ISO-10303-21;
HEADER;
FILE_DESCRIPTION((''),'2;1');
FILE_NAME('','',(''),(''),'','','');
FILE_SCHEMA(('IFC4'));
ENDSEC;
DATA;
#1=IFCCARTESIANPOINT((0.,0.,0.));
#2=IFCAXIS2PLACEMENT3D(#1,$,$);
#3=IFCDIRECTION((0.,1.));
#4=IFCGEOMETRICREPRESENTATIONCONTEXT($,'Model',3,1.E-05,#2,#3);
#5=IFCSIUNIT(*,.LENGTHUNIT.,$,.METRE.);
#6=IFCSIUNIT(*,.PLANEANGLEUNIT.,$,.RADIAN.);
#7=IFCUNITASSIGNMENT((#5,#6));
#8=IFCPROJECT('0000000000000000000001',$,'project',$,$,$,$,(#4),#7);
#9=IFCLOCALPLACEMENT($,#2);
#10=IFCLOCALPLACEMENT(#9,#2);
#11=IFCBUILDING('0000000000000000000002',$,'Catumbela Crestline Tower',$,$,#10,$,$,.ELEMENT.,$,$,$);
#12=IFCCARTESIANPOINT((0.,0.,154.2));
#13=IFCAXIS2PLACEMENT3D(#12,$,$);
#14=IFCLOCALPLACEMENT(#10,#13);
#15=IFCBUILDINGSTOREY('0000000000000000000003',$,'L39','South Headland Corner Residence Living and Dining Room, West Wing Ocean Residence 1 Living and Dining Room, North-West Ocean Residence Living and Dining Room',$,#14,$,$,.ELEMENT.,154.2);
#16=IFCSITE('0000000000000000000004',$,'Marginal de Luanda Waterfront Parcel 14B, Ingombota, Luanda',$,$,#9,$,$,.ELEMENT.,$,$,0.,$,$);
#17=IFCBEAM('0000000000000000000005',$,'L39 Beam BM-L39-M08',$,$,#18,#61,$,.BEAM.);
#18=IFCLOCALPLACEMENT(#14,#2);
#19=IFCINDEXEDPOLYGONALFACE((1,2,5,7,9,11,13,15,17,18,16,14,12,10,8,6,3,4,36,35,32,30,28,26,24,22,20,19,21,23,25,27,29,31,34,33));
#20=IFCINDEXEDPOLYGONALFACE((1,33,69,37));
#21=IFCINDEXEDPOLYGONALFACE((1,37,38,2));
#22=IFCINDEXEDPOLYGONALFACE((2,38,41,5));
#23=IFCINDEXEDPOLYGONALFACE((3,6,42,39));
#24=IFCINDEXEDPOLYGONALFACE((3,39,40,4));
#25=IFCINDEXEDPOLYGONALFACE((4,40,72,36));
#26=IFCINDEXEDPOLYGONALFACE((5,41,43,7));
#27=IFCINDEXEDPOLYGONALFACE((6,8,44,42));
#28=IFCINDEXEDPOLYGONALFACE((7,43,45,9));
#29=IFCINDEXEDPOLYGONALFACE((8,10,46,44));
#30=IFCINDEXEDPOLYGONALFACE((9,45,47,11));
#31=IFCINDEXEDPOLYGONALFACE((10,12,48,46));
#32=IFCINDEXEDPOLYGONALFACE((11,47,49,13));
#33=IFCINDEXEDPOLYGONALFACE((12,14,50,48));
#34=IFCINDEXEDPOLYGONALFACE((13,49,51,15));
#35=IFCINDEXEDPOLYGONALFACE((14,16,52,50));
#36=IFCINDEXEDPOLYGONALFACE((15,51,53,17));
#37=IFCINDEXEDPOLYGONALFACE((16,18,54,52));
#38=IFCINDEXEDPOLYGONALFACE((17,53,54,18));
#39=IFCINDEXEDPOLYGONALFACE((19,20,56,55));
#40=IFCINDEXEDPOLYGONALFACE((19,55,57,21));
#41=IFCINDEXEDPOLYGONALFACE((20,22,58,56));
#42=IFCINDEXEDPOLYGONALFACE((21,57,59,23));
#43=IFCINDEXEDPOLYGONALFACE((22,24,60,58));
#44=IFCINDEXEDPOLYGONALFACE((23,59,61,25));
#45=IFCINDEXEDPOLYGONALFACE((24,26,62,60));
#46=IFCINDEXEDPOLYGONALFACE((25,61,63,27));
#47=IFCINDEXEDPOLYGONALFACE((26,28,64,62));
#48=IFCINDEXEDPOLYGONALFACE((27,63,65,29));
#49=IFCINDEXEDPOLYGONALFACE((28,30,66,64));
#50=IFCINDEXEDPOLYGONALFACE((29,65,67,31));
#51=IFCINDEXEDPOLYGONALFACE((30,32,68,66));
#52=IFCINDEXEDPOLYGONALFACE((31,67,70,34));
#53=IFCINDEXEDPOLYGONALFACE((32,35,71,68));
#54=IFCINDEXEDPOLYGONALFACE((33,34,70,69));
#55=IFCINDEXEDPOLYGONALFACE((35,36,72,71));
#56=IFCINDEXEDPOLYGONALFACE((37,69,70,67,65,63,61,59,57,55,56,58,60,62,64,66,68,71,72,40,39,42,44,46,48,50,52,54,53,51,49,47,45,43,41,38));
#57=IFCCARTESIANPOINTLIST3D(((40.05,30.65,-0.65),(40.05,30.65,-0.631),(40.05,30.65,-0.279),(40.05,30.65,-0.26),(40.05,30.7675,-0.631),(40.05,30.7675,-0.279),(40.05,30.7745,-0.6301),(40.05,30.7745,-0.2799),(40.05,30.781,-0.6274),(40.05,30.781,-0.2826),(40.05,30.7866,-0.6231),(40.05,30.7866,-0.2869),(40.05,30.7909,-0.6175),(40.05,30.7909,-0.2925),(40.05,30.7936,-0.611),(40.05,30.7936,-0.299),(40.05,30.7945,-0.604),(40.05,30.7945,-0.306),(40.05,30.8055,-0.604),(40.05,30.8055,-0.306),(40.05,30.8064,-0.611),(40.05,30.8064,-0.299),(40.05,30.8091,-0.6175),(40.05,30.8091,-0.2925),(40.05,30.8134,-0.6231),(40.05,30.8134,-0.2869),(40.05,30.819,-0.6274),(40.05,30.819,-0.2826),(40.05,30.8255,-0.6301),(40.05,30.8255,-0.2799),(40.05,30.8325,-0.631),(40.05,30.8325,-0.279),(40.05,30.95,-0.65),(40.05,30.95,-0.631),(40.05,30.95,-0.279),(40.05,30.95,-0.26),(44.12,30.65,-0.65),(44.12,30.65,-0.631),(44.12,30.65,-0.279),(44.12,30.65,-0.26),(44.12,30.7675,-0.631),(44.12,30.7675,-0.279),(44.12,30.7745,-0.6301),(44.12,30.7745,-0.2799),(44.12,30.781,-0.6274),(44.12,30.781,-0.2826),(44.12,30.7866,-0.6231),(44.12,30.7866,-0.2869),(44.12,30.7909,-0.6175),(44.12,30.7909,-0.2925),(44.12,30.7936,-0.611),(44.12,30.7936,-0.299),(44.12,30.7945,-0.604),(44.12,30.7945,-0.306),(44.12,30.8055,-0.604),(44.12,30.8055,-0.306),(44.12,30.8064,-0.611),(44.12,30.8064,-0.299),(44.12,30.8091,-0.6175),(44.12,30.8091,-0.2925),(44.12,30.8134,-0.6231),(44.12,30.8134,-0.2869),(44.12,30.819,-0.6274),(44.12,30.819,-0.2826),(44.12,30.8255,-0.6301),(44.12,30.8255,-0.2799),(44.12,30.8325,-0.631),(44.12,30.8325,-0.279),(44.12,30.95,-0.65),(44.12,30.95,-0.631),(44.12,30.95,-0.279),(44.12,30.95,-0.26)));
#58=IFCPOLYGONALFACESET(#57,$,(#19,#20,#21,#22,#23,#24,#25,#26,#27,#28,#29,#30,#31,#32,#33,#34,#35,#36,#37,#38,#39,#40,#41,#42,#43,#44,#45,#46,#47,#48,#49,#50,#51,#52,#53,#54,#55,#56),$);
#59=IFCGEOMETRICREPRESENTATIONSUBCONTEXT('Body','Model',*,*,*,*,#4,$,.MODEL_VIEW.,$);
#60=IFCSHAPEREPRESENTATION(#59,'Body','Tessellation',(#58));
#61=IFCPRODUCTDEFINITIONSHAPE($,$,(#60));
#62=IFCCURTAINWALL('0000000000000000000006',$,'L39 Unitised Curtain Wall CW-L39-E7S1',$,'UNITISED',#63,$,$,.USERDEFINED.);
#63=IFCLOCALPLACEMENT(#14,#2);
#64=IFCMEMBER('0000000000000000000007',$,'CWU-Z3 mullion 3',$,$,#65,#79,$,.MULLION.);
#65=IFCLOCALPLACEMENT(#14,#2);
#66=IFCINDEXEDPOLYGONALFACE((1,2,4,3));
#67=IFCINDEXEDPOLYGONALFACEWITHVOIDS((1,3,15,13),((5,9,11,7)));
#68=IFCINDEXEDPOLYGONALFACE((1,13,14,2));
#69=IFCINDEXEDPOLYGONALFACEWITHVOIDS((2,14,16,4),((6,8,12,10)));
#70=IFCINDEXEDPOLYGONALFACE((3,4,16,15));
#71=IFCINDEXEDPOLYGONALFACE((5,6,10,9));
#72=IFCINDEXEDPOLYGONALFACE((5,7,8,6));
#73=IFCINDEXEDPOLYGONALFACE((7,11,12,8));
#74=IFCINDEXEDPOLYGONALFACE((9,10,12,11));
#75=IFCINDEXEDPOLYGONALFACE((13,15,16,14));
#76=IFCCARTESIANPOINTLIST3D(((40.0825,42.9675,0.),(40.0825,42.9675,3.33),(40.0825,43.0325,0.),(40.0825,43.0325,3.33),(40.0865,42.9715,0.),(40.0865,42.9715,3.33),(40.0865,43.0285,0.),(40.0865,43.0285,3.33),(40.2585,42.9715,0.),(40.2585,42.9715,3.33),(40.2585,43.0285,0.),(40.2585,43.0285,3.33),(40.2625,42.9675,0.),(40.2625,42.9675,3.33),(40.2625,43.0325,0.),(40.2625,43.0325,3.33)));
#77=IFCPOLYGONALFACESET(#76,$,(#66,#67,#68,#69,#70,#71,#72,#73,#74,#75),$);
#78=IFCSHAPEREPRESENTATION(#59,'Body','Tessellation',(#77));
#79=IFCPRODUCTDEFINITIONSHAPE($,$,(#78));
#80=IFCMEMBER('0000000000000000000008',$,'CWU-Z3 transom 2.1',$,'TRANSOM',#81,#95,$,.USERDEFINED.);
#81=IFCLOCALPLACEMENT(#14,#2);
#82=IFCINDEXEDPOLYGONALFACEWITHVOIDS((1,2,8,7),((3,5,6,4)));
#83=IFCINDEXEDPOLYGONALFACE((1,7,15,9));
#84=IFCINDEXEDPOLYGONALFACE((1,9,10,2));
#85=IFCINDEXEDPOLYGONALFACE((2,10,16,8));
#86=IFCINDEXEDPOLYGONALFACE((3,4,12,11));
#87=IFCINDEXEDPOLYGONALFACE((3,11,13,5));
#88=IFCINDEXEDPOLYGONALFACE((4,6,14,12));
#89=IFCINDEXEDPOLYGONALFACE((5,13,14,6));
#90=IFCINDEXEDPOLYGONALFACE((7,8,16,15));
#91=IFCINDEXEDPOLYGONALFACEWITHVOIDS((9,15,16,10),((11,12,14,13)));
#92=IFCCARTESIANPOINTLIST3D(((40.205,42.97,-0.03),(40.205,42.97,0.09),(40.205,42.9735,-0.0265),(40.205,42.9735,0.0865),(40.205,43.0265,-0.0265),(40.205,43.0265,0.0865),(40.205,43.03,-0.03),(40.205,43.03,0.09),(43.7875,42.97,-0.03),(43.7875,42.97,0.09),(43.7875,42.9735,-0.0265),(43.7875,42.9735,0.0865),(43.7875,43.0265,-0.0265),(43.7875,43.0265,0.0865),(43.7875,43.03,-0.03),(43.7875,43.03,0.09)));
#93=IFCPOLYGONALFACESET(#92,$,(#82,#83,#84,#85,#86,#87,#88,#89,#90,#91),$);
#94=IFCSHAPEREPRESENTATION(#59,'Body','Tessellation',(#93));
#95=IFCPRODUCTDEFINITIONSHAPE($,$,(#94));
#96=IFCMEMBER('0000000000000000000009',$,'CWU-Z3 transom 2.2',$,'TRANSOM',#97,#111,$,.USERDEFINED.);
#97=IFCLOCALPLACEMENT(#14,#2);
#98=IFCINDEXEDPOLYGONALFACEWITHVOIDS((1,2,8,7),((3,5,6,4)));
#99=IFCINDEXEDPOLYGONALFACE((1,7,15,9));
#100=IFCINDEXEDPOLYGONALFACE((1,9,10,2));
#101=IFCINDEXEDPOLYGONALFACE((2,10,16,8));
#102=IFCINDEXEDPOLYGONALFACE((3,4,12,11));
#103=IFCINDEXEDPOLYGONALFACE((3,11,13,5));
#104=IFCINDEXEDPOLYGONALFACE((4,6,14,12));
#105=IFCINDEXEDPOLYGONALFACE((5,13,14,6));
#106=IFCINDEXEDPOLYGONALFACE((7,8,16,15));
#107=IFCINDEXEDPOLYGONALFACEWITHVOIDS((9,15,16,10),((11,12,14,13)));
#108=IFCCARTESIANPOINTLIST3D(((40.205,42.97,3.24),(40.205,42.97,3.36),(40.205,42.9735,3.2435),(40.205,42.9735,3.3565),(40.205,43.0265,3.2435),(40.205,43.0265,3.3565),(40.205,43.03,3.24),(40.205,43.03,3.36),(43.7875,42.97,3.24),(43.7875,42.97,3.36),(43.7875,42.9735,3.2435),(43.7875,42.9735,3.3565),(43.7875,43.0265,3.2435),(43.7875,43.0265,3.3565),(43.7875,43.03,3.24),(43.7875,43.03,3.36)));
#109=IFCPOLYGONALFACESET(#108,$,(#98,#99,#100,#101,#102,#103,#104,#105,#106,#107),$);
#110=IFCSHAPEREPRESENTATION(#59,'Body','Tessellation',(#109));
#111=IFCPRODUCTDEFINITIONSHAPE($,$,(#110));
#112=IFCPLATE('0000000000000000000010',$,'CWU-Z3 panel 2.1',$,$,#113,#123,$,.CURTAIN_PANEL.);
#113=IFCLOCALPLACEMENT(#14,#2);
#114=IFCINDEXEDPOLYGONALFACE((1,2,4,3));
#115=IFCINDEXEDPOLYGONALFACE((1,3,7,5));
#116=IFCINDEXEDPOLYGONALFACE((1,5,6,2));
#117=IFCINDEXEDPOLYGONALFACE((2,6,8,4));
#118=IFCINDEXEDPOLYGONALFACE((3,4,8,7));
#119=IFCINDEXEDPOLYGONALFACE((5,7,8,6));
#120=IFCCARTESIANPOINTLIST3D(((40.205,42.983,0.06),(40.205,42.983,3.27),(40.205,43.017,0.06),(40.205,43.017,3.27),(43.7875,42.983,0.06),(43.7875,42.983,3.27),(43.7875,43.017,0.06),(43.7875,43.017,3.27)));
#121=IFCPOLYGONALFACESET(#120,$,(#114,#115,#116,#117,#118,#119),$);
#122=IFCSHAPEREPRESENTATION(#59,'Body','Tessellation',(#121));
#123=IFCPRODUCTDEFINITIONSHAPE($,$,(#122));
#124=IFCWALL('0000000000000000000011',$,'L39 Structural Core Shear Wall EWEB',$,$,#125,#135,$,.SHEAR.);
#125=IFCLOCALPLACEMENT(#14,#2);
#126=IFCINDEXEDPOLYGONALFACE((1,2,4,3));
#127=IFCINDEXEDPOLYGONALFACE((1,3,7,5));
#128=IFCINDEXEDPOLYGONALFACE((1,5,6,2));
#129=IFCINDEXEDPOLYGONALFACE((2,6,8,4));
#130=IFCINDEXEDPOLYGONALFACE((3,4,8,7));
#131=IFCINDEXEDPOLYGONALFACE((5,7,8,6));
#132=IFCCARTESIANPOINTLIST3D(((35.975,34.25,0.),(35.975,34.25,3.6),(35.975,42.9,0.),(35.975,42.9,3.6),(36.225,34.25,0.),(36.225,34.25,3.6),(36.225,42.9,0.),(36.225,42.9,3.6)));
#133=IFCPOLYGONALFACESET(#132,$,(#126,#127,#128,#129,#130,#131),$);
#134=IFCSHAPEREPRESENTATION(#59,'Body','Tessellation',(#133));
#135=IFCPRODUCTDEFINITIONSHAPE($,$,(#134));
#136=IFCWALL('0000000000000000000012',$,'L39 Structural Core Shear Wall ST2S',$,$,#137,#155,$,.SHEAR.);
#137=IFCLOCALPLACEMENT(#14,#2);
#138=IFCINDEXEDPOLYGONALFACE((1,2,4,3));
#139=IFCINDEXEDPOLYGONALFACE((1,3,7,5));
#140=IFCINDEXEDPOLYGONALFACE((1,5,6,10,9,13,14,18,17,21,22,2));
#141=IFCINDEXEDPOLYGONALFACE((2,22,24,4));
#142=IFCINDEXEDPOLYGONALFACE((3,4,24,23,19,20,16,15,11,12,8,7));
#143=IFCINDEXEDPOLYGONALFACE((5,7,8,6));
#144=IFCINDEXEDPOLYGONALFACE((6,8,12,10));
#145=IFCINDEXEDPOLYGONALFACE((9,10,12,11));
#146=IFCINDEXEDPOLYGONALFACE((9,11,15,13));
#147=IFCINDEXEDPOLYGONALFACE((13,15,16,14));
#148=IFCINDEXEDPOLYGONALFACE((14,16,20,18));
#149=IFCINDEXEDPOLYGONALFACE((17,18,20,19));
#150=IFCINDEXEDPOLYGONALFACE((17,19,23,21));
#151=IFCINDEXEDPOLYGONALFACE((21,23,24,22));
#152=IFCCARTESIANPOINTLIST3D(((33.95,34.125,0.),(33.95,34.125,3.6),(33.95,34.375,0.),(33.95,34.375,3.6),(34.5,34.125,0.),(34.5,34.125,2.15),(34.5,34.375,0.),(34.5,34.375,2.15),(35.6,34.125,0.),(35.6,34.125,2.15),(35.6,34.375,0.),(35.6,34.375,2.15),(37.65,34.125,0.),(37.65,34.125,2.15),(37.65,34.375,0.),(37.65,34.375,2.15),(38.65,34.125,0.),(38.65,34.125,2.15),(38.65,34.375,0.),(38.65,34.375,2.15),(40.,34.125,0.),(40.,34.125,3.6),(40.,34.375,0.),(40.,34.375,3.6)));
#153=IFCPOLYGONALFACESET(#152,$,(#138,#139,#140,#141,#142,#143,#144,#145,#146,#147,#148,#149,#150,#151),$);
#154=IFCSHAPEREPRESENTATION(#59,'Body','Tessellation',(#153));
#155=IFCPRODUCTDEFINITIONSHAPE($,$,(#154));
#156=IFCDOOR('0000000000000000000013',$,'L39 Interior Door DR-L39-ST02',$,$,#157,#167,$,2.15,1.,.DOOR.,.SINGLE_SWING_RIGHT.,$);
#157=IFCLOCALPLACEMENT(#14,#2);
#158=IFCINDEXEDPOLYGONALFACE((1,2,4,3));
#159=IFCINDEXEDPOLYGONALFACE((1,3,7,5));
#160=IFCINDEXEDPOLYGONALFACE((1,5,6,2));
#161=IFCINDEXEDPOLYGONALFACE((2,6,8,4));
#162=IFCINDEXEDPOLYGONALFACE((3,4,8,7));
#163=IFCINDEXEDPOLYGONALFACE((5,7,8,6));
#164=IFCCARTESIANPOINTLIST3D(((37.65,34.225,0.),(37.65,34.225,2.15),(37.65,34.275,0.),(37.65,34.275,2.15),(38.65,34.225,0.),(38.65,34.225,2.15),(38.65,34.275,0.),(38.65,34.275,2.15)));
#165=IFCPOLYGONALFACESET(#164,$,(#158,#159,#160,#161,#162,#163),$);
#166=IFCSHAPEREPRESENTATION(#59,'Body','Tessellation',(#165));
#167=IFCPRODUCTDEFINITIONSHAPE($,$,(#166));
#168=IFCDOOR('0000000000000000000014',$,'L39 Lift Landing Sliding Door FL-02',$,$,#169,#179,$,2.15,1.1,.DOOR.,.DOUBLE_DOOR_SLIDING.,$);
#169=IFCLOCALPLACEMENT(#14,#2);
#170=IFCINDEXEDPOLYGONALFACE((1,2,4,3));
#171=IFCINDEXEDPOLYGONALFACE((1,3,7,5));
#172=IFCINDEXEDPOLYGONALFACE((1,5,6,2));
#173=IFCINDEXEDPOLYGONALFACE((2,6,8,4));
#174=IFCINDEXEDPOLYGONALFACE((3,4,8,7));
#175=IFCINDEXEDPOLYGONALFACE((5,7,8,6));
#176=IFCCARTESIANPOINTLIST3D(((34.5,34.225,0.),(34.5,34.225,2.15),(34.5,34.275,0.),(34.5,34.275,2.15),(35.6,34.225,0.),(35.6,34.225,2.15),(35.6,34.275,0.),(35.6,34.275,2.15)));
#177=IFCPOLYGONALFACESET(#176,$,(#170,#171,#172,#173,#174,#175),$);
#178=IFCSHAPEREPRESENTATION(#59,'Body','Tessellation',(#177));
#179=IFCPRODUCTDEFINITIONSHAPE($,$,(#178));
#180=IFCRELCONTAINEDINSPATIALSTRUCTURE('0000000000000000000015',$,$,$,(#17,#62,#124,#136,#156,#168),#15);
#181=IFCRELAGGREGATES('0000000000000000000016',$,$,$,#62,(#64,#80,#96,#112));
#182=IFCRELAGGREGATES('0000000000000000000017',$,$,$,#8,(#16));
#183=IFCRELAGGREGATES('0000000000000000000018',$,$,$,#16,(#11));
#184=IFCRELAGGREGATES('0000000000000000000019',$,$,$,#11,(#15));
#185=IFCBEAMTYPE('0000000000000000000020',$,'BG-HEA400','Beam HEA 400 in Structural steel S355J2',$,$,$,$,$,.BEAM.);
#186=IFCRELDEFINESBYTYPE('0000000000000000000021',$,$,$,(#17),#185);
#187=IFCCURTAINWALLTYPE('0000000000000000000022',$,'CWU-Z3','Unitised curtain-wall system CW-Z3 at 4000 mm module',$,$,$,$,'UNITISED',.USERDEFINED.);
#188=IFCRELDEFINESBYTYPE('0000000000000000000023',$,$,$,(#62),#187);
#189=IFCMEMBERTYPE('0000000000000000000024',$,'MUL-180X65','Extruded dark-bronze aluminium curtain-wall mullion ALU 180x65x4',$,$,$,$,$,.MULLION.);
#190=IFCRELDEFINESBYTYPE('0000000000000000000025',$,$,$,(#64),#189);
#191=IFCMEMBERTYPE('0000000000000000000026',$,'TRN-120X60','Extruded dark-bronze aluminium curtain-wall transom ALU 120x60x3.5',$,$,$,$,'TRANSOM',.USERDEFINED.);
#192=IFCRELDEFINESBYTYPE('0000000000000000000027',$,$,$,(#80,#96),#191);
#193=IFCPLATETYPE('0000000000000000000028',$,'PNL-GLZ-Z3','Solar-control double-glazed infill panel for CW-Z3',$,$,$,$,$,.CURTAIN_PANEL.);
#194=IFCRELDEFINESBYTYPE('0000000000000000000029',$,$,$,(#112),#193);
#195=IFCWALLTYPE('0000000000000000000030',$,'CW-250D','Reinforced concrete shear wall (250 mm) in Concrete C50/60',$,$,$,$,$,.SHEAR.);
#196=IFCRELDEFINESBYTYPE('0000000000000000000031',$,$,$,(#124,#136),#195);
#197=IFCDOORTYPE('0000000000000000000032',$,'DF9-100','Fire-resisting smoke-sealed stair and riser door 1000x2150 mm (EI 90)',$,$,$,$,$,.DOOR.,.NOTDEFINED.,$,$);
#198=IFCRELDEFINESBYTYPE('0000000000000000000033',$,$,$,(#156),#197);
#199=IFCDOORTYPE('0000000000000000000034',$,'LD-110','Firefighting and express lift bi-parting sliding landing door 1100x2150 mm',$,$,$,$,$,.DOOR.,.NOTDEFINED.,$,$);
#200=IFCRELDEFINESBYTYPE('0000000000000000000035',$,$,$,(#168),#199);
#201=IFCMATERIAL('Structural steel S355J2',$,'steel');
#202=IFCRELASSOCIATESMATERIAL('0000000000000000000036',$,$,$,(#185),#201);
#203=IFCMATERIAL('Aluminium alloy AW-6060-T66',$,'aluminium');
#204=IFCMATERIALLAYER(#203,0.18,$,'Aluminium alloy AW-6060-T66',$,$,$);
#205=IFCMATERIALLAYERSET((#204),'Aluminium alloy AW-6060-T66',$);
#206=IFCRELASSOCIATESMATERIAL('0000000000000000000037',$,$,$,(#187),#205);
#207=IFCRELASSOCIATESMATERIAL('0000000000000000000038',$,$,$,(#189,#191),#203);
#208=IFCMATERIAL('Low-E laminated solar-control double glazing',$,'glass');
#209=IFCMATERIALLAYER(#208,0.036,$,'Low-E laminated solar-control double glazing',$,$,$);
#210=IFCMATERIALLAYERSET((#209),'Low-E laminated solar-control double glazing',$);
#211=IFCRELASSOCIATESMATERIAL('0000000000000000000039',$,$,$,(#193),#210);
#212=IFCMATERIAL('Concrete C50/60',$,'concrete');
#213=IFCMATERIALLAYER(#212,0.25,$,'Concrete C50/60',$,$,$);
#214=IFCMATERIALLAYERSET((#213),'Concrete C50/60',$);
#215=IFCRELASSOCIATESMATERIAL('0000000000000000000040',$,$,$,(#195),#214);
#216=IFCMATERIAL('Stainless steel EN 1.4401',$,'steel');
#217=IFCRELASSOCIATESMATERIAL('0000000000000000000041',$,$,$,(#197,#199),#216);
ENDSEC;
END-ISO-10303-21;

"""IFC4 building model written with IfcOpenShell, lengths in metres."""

from ifc_helpers import new_model, si_unit, direction, frame, frame_2d, origin, origin_2d, place, context, subcontext, project, spatial, rectangle, hollow_rectangle, i_section, extrude, material, layer, layer_set, material_profile, profile_set, type_object, element, fill, aggregate, save


model = new_model("IFC4")

# Units and contexts
model_context = context("Model", 3, precision=1e-05, world=origin(), true_north=direction((0.0, 1.0)))
body_context = subcontext(model_context, "Body", "Model", "MODEL_VIEW")
ifc_project = project(units=[si_unit("LENGTHUNIT", "METRE"), si_unit("PLANEANGLEUNIT", "RADIAN")], contexts=[model_context])

# Site, building, storey
site_placement = place(None, origin())
site = spatial("IfcSite", under=ifc_project, at=site_placement, Name="Marginal de Luanda Waterfront Parcel 14B, Ingombota, Luanda", CompositionType="ELEMENT", RefElevation=0.0)
building_placement = place(site_placement, origin())
building = spatial("IfcBuilding", under=site, at=building_placement, Name="Catumbela Crestline Tower", CompositionType="ELEMENT")
storey_placement = place(building_placement, frame((0.0, 0.0, 154.2)))
storey = spatial("IfcBuildingStorey", under=building, at=storey_placement, Name="L39", Description="South Headland Corner Residence Living and Dining Room, West Wing Ocean Residence 1 Living and Dining Room, North-West Ocean Residence Living and Dining Room", CompositionType="ELEMENT", Elevation=154.2)

# Beam
ifc_material_1 = material(Name="Structural steel S355J2", Category="steel")
ifc_material_profile_1 = material_profile(ifc_material_1, i_section(OverallWidth=0.3, OverallDepth=0.39, WebThickness=0.011, FlangeThickness=0.019, FilletRadius=0.027, at=origin_2d()), Name="HEA 400")
ifc_profile_set_1 = profile_set([ifc_material_profile_1], Name="Structural steel S355J2")
beam_type = type_object("IfcBeamType", Name="BG-HEA400", Description="Beam HEA 400 in Structural steel S355J2", PredefinedType="BEAM", material=ifc_profile_set_1)
beam_placement = place(storey_placement, frame((40.05, 30.8, -0.455), z_axis=(1.0, 0.0, 0.0), x_axis=(0.0, 1.0, 0.0)))
element("IfcBeam", 1, at=beam_placement, inside=storey, type_object=beam_type, Name="L39 Beam BM-L39-M08", PredefinedType="BEAM", context=body_context, shape_type="SweptSolid", body=[
    extrude(i_section(OverallWidth=0.3, OverallDepth=0.39, WebThickness=0.011, FlangeThickness=0.019, FilletRadius=0.027, at=origin_2d()), origin(), (0.0, 0.0, 1.0), 4.07),
])

# Curtain wall, members, plate
ifc_material_2 = material(Name="Aluminium alloy AW-6060-T66", Category="aluminium")
ifc_layer_1 = layer(ifc_material_2, 0.18, Name="Aluminium alloy AW-6060-T66")
ifc_layer_set_1 = layer_set([ifc_layer_1], Name="Aluminium alloy AW-6060-T66")
curtain_wall_type = type_object("IfcCurtainWallType", Name="CWU-Z3", Description="Unitised curtain-wall system CW-Z3 at 4000 mm module", ElementType="UNITISED", PredefinedType="USERDEFINED", material=ifc_layer_set_1)
curtain_wall_placement = place(storey_placement, origin())
curtain_wall = element("IfcCurtainWall", 2, at=curtain_wall_placement, inside=storey, type_object=curtain_wall_type, Name="L39 Unitised Curtain Wall CW-L39-E7S1", ObjectType="UNITISED", PredefinedType="USERDEFINED")
ifc_material_profile_2 = material_profile(ifc_material_2, hollow_rectangle(XDim=0.065, YDim=0.18, WallThickness=0.004, at=origin_2d()), Name="ALU 180x65x4")
ifc_profile_set_2 = profile_set([ifc_material_profile_2], Name="Aluminium alloy AW-6060-T66")
member_type_1 = type_object("IfcMemberType", Name="MUL-180X65", Description="Extruded dark-bronze aluminium curtain-wall mullion ALU 180x65x4", PredefinedType="MULLION", material=ifc_profile_set_2)
member_1_placement = place(storey_placement, frame((40.1725, 43.0, 0.0), z_axis=(0.0, 0.0, 1.0), x_axis=(0.0, -1.0, 0.0)))
member_1 = element("IfcMember", 3, at=member_1_placement, type_object=member_type_1, Name="CWU-Z3 mullion 3", PredefinedType="MULLION", context=body_context, shape_type="SweptSolid", body=[
    extrude(hollow_rectangle(XDim=0.065, YDim=0.18, WallThickness=0.004, at=origin_2d()), origin(), (0.0, 0.0, 1.0), 3.33),
])
ifc_material_profile_3 = material_profile(ifc_material_2, hollow_rectangle(XDim=0.06, YDim=0.12, WallThickness=0.0035, at=origin_2d()), Name="ALU 120x60x3.5")
ifc_profile_set_3 = profile_set([ifc_material_profile_3], Name="Aluminium alloy AW-6060-T66")
member_type_2 = type_object("IfcMemberType", Name="TRN-120X60", Description="Extruded dark-bronze aluminium curtain-wall transom ALU 120x60x3.5", ElementType="TRANSOM", PredefinedType="USERDEFINED", material=ifc_profile_set_3)
member_2_placement = place(storey_placement, frame((43.7875, 43.0, 0.03), z_axis=(-1.0, 0.0, 0.0), x_axis=(0.0, -1.0, 0.0)))
member_2 = element("IfcMember", 4, at=member_2_placement, type_object=member_type_2, Name="CWU-Z3 transom 2.1", ObjectType="TRANSOM", PredefinedType="USERDEFINED", context=body_context, shape_type="SweptSolid", body=[
    extrude(hollow_rectangle(XDim=0.06, YDim=0.12, WallThickness=0.0035, at=origin_2d()), origin(), (0.0, 0.0, 1.0), 3.5825),
])
member_3_placement = place(storey_placement, frame((43.7875, 43.0, 3.3), z_axis=(-1.0, 0.0, 0.0), x_axis=(0.0, -1.0, 0.0)))
member_3 = element("IfcMember", 5, at=member_3_placement, type_object=member_type_2, Name="CWU-Z3 transom 2.2", ObjectType="TRANSOM", PredefinedType="USERDEFINED", context=body_context, shape_type="SweptSolid", body=[
    extrude(hollow_rectangle(XDim=0.06, YDim=0.12, WallThickness=0.0035, at=origin_2d()), origin(), (0.0, 0.0, 1.0), 3.5825),
])
ifc_material_3 = material(Name="Low-E laminated solar-control double glazing", Category="glass")
ifc_layer_2 = layer(ifc_material_3, 0.036, Name="Low-E laminated solar-control double glazing")
ifc_layer_set_2 = layer_set([ifc_layer_2], Name="Low-E laminated solar-control double glazing")
plate_type = type_object("IfcPlateType", Name="PNL-GLZ-Z3", Description="Solar-control double-glazed infill panel for CW-Z3", PredefinedType="CURTAIN_PANEL", material=ifc_layer_set_2)
plate_placement = place(storey_placement, frame((41.9963, 43.0, 0.06), z_axis=(0.0, 0.0, 1.0), x_axis=(-1.0, 0.0, 0.0)))
plate = element("IfcPlate", 6, at=plate_placement, type_object=plate_type, Name="CWU-Z3 panel 2.1", PredefinedType="CURTAIN_PANEL", context=body_context, shape_type="SweptSolid", body=[
    extrude(rectangle(XDim=3.5825, YDim=0.034, at=origin_2d()), origin(), (0.0, 0.0, 1.0), 3.21),
])
aggregate(curtain_wall, [member_1, member_2, member_3, plate])

# Wall
ifc_material_4 = material(Name="Concrete C50/60", Category="concrete")
ifc_layer_3 = layer(ifc_material_4, 0.25, Name="Concrete C50/60")
ifc_layer_set_3 = layer_set([ifc_layer_3], Name="Concrete C50/60")
wall_type_1 = type_object("IfcWallType", Name="CW-250D", Description="Reinforced concrete shear wall (250 mm) in Concrete C50/60", PredefinedType="SHEAR", material=ifc_layer_set_3)
wall_1_placement = place(storey_placement, frame((36.1, 34.25, 0.0), z_axis=(0.0, 0.0, 1.0), x_axis=(0.0, 1.0, 0.0)))
element("IfcWall", 7, at=wall_1_placement, inside=storey, type_object=wall_type_1, Name="L39 Structural Core Shear Wall EWEB", PredefinedType="SHEAR", context=body_context, shape_type="SweptSolid", body=[
    extrude(rectangle(XDim=8.65, YDim=0.25, at=frame_2d((4.325, 0.0))), origin(), (0.0, 0.0, 1.0), 3.6),
])

# Wall, openings, doors
wall_2_placement = place(storey_placement, frame((33.95, 34.25, 0.0), z_axis=(0.0, 0.0, 1.0), x_axis=(1.0, 0.0, 0.0)))
wall_2 = element("IfcWall", 8, at=wall_2_placement, inside=storey, type_object=wall_type_1, Name="L39 Structural Core Shear Wall ST2S", PredefinedType="SHEAR", context=body_context, shape_type="SweptSolid", body=[
    extrude(rectangle(XDim=6.05, YDim=0.25, at=frame_2d((3.025, 0.0))), origin(), (0.0, 0.0, 1.0), 3.6),
])
opening_1_placement = place(wall_2_placement, frame((3.7, 0.0, 0.0)))
opening_1 = element("IfcOpeningElement", 9, at=opening_1_placement, cuts=wall_2, PredefinedType="OPENING", context=body_context, shape_type="SweptSolid", body=[
    extrude(rectangle(XDim=1.0, YDim=2.15, at=frame_2d((0.5, 1.075))), frame((0.0, 0.135, 0.0), z_axis=(0.0, -1.0, 0.0), x_axis=(1.0, 0.0, 0.0)), (0.0, 0.0, 1.0), 0.27),
])
opening_2_placement = place(wall_2_placement, frame((0.55, 0.0, 0.0)))
opening_2 = element("IfcOpeningElement", 10, at=opening_2_placement, cuts=wall_2, PredefinedType="OPENING", context=body_context, shape_type="SweptSolid", body=[
    extrude(rectangle(XDim=1.1, YDim=2.15, at=frame_2d((0.55, 1.075))), frame((0.0, 0.135, 0.0), z_axis=(0.0, -1.0, 0.0), x_axis=(1.0, 0.0, 0.0)), (0.0, 0.0, 1.0), 0.27),
])
ifc_material_5 = material(Name="Stainless steel EN 1.4401", Category="steel")
door_type_1 = type_object("IfcDoorType", Name="DF9-100", Description="Fire-resisting smoke-sealed stair and riser door 1000x2150 mm (EI 90)", OperationType="NOTDEFINED", PredefinedType="DOOR", material=ifc_material_5)
door_1_placement = place(opening_1_placement, origin())
door_1 = element("IfcDoor", 11, at=door_1_placement, inside=storey, type_object=door_type_1, Name="L39 Interior Door DR-L39-ST02", OperationType="SINGLE_SWING_RIGHT", OverallHeight=2.15, OverallWidth=1.0, PredefinedType="DOOR", context=body_context, shape_type="SweptSolid", body=[
    extrude(rectangle(XDim=1.0, YDim=2.15, at=frame_2d((0.5, 1.075))), frame((0.0, 0.025, 0.0), z_axis=(0.0, -1.0, 0.0), x_axis=(1.0, 0.0, 0.0)), (0.0, 0.0, 1.0), 0.05),
])
fill(opening_1, door_1)
door_type_2 = type_object("IfcDoorType", Name="LD-110", Description="Firefighting and express lift bi-parting sliding landing door 1100x2150 mm", OperationType="NOTDEFINED", PredefinedType="DOOR", material=ifc_material_5)
door_2_placement = place(opening_2_placement, origin())
door_2 = element("IfcDoor", 12, at=door_2_placement, inside=storey, type_object=door_type_2, Name="L39 Lift Landing Sliding Door FL-02", OperationType="DOUBLE_DOOR_SLIDING", OverallHeight=2.15, OverallWidth=1.1, PredefinedType="DOOR", context=body_context, shape_type="SweptSolid", body=[
    extrude(rectangle(XDim=1.1, YDim=2.15, at=frame_2d((0.55, 1.075))), frame((0.0, 0.025, 0.0), z_axis=(0.0, -1.0, 0.0), x_axis=(1.0, 0.0, 0.0)), (0.0, 0.0, 1.0), 0.05),
])
fill(opening_2, door_2)

save(model, "model.ifc")
